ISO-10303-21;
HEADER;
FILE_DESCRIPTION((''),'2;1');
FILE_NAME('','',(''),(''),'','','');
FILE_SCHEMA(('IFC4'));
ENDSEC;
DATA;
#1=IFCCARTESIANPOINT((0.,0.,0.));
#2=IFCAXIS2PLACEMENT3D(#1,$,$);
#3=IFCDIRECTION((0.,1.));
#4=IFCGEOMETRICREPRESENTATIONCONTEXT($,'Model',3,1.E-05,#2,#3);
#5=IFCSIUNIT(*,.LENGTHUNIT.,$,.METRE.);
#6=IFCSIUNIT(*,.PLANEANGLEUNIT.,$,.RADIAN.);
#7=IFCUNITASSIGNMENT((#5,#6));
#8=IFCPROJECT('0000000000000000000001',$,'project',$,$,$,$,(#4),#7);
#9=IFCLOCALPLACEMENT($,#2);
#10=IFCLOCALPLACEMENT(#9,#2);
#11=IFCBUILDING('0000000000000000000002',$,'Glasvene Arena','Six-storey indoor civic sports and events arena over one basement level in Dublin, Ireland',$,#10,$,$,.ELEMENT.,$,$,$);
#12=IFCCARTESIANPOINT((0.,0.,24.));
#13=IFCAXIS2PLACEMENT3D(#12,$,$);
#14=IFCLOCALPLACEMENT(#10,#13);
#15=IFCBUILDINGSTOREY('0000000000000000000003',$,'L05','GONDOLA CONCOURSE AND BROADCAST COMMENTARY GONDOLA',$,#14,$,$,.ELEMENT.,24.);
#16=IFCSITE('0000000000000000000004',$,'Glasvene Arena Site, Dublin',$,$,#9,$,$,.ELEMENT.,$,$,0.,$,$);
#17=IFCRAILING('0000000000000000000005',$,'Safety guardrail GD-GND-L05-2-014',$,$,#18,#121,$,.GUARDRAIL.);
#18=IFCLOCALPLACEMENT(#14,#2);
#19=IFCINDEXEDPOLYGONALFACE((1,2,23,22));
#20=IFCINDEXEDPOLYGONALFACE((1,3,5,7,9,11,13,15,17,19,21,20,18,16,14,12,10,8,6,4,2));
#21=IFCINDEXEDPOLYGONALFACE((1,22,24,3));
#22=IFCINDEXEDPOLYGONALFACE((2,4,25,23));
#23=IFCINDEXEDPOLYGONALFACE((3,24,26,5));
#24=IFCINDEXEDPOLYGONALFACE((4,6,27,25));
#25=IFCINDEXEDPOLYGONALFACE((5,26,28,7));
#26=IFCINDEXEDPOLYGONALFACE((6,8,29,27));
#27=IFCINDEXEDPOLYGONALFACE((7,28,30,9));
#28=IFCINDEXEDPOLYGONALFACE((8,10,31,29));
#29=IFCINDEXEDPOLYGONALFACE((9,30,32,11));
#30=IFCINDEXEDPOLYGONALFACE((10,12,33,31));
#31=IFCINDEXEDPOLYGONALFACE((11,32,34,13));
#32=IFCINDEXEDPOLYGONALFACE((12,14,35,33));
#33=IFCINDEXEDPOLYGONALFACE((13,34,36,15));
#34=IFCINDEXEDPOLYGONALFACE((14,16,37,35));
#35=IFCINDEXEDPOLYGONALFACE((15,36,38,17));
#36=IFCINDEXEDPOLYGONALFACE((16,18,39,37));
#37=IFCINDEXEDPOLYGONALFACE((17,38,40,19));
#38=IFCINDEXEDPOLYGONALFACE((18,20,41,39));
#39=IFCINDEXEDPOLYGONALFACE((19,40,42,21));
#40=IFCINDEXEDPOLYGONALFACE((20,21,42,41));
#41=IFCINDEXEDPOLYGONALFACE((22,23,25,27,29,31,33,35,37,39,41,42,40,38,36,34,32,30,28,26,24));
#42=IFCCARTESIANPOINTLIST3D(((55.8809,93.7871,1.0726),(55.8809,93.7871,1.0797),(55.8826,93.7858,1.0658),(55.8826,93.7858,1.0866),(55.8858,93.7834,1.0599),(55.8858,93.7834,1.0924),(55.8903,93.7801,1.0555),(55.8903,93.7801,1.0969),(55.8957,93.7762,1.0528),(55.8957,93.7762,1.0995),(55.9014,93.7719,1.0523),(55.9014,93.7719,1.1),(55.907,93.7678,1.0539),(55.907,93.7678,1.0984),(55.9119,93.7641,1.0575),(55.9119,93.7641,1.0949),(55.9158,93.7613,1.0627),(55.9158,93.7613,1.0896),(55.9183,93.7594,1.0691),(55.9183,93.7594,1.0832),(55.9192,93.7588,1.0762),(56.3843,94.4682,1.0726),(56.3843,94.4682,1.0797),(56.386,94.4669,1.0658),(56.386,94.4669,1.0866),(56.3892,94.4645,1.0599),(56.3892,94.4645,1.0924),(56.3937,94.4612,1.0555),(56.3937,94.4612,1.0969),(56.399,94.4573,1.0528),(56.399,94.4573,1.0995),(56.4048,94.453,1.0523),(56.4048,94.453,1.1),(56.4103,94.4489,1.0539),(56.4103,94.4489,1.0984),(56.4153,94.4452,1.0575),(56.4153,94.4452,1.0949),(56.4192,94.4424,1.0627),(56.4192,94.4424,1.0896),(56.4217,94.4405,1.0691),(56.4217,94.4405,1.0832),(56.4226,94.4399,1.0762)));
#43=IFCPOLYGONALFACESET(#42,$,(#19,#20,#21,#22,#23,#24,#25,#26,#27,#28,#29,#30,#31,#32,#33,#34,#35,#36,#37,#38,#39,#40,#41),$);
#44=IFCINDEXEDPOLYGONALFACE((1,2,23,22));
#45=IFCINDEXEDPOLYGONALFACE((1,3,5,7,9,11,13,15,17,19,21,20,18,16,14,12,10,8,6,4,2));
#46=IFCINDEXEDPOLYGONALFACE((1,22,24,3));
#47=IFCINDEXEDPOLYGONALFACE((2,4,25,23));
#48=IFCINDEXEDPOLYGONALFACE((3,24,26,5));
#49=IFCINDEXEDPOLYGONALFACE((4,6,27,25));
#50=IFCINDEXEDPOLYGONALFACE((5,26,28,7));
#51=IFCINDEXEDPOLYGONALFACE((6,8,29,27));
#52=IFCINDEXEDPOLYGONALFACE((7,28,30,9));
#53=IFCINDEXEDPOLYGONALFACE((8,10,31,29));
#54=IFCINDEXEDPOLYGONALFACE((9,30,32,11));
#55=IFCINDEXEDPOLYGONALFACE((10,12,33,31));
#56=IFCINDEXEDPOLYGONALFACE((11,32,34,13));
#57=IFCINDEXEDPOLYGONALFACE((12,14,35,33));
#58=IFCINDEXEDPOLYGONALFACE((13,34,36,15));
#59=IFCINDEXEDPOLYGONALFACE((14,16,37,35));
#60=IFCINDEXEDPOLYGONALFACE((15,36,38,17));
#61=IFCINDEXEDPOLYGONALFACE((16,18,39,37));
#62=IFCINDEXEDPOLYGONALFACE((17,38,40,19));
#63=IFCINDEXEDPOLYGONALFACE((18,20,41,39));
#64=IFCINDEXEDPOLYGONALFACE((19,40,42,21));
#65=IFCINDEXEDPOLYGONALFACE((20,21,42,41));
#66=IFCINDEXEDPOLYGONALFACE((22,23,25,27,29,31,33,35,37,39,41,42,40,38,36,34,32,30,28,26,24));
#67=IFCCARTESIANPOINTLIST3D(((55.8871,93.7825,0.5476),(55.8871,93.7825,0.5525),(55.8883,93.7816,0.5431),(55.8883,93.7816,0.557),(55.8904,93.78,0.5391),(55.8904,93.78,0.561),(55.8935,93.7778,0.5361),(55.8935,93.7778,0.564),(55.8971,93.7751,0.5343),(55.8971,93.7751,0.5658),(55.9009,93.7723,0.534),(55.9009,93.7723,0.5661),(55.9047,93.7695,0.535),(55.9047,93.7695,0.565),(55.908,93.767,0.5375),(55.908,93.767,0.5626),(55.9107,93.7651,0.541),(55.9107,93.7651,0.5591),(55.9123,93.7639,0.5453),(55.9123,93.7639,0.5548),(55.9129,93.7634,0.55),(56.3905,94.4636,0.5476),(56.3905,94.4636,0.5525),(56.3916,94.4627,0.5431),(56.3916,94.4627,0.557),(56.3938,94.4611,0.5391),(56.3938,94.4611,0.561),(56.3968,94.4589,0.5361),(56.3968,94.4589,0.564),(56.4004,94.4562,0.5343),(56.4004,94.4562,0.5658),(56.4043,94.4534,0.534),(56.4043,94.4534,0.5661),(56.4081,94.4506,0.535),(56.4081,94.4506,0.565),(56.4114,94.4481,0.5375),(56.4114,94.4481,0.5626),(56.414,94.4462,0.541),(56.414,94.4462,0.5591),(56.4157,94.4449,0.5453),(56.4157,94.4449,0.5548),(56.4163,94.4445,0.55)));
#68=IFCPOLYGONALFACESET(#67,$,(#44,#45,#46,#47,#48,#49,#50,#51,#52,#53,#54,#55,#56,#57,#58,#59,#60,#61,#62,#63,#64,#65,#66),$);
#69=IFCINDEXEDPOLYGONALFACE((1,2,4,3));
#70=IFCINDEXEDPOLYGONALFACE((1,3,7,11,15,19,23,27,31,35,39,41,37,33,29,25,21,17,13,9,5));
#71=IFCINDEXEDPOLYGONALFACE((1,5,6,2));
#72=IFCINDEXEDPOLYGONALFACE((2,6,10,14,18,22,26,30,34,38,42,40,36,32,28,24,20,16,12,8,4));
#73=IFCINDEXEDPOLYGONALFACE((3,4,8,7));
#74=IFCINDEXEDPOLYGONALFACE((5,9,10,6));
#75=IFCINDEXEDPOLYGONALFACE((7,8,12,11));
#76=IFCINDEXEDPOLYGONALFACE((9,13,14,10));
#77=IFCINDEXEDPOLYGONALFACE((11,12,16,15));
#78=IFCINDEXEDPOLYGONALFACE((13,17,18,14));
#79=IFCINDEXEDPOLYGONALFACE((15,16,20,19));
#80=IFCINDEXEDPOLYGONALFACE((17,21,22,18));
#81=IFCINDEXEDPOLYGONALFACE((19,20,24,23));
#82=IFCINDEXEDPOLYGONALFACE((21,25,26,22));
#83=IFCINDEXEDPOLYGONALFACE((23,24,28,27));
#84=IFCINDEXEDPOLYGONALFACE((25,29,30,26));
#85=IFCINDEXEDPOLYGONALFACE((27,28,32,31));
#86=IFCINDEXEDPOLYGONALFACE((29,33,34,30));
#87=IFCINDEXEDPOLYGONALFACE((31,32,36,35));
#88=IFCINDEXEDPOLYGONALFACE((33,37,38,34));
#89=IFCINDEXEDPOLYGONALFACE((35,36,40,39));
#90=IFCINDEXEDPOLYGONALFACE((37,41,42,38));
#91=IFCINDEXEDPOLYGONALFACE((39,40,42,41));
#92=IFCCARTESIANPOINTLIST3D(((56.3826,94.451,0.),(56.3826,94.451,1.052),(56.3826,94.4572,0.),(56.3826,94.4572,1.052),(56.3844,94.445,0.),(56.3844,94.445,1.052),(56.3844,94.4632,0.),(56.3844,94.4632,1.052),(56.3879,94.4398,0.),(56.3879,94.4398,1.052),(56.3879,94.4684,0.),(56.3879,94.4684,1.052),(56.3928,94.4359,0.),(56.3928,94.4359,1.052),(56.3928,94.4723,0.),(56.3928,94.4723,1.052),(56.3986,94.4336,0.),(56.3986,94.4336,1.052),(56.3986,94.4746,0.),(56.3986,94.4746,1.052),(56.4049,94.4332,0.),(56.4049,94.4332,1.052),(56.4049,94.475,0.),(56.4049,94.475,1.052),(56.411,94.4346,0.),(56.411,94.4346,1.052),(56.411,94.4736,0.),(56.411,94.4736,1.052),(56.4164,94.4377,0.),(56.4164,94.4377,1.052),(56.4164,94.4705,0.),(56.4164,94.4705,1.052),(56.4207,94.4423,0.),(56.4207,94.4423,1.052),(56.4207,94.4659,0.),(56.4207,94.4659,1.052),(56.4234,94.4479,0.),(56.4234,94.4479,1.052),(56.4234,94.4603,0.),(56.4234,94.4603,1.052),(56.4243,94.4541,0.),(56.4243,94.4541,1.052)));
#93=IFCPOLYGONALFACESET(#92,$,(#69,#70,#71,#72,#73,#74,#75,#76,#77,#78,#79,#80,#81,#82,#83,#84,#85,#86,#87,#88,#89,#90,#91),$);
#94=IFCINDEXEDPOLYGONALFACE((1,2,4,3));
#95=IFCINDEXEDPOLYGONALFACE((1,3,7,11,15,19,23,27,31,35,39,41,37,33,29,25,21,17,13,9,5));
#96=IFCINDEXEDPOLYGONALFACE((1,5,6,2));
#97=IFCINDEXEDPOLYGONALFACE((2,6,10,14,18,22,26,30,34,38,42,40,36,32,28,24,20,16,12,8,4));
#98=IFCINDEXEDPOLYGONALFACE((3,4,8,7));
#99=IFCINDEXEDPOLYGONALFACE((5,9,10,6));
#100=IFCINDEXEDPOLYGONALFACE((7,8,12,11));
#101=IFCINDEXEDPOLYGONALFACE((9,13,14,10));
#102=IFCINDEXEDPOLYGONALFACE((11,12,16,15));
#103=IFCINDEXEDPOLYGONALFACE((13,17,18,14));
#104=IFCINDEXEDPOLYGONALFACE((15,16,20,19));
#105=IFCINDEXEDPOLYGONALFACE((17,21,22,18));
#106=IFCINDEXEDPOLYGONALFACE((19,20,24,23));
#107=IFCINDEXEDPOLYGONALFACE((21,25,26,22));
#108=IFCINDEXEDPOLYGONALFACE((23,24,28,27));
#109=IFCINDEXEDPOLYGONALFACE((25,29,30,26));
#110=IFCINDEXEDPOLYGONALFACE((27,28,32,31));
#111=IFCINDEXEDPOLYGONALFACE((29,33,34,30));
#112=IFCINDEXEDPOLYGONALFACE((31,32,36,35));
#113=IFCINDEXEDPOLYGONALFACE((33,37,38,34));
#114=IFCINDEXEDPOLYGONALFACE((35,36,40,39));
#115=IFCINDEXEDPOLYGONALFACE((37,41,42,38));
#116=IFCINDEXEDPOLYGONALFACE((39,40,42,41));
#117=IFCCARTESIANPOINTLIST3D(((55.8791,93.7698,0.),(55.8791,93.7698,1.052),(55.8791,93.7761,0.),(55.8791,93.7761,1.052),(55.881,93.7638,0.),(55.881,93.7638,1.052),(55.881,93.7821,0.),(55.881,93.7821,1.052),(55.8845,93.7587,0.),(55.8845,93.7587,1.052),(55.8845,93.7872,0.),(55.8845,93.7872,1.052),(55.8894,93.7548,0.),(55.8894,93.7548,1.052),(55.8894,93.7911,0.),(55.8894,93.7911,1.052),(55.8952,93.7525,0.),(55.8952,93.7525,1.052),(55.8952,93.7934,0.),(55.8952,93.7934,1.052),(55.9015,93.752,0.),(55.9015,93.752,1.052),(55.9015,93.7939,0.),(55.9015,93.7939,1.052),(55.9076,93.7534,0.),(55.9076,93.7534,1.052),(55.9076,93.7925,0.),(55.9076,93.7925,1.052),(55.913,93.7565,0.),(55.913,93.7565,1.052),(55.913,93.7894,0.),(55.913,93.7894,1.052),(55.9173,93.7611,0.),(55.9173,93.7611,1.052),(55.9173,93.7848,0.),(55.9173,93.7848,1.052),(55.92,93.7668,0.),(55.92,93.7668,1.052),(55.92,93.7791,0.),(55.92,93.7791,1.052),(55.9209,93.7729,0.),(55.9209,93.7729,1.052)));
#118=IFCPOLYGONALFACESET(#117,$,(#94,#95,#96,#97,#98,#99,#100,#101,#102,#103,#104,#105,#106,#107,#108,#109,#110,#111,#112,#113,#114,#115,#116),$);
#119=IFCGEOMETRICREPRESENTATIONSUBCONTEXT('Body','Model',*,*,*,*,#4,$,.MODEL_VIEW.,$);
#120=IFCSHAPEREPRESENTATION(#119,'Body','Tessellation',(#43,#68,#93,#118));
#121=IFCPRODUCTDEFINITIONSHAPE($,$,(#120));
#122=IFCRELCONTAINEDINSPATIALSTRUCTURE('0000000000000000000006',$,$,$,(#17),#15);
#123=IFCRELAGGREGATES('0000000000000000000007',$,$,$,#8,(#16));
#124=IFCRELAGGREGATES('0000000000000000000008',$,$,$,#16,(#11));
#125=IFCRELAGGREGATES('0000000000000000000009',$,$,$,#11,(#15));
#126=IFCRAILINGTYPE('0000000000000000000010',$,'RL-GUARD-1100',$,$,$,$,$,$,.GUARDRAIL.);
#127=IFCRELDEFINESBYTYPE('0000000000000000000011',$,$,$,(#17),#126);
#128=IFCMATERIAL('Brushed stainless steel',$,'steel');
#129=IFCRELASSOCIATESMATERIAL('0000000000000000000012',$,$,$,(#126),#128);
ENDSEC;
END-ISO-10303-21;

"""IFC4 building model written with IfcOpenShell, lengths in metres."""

from ifc_helpers import new_model, si_unit, direction, frame, origin, origin_2d, place, context, subcontext, project, spatial, circle, extrude, material, type_object, element, save


model = new_model("IFC4")

# Units and contexts
model_context = context("Model", 3, precision=1e-05, world=origin(), true_north=direction((0.0, 1.0)))
body_context = subcontext(model_context, "Body", "Model", "MODEL_VIEW")
ifc_project = project(units=[si_unit("LENGTHUNIT", "METRE"), si_unit("PLANEANGLEUNIT", "RADIAN")], contexts=[model_context])

# Site, building, storey
site_placement = place(None, origin())
site = spatial("IfcSite", under=ifc_project, at=site_placement, Name="Glasvene Arena Site, Dublin", CompositionType="ELEMENT", RefElevation=0.0)
building_placement = place(site_placement, origin())
building = spatial("IfcBuilding", under=site, at=building_placement, Name="Glasvene Arena", Description="Six-storey indoor civic sports and events arena over one basement level in Dublin, Ireland", CompositionType="ELEMENT")
storey_placement = place(building_placement, frame((0.0, 0.0, 24.0)))
storey = spatial("IfcBuildingStorey", under=building, at=storey_placement, Name="L05", Description="GONDOLA CONCOURSE AND BROADCAST COMMENTARY GONDOLA", CompositionType="ELEMENT", Elevation=24.0)

# Railing
ifc_material_1 = material(Name="Brushed stainless steel", Category="steel")
railing_type_1 = type_object("IfcRailingType", Name="RL-GUARD-1100", PredefinedType="GUARDRAIL", material=ifc_material_1)
railing_1_placement = place(storey_placement, frame((56.4033, 94.4541, 0.0)))
element("IfcRailing", 1, at=railing_1_placement, inside=storey, type_object=railing_type_1, Name="Safety guardrail GD-GND-L05-2-014", PredefinedType="GUARDRAIL", context=body_context, shape_type="SweptSolid", body=[
    extrude(circle(Radius=0.0239, at=origin_2d()), frame((0.0, 0.0, 1.0762), z_axis=(-0.594359, -0.8042, 0.0), x_axis=(0.8042, -0.594359, 0.0)), (0.0, 0.0, 1.0), 0.8469),
    extrude(circle(Radius=0.0161, at=origin_2d()), frame((0.0, 0.0, 0.55), z_axis=(-0.594359, -0.8042, 0.0), x_axis=(0.8042, -0.594359, 0.0)), (0.0, 0.0, 1.0), 0.8469),
    extrude(circle(Radius=0.021, at=origin_2d()), origin(), (0.0, 0.0, 1.0), 1.052),
    extrude(circle(Radius=0.021, at=origin_2d()), frame((-0.5034, -0.6812, 0.0)), (0.0, 0.0, 1.0), 1.052),
])

save(model, "model.ifc")
